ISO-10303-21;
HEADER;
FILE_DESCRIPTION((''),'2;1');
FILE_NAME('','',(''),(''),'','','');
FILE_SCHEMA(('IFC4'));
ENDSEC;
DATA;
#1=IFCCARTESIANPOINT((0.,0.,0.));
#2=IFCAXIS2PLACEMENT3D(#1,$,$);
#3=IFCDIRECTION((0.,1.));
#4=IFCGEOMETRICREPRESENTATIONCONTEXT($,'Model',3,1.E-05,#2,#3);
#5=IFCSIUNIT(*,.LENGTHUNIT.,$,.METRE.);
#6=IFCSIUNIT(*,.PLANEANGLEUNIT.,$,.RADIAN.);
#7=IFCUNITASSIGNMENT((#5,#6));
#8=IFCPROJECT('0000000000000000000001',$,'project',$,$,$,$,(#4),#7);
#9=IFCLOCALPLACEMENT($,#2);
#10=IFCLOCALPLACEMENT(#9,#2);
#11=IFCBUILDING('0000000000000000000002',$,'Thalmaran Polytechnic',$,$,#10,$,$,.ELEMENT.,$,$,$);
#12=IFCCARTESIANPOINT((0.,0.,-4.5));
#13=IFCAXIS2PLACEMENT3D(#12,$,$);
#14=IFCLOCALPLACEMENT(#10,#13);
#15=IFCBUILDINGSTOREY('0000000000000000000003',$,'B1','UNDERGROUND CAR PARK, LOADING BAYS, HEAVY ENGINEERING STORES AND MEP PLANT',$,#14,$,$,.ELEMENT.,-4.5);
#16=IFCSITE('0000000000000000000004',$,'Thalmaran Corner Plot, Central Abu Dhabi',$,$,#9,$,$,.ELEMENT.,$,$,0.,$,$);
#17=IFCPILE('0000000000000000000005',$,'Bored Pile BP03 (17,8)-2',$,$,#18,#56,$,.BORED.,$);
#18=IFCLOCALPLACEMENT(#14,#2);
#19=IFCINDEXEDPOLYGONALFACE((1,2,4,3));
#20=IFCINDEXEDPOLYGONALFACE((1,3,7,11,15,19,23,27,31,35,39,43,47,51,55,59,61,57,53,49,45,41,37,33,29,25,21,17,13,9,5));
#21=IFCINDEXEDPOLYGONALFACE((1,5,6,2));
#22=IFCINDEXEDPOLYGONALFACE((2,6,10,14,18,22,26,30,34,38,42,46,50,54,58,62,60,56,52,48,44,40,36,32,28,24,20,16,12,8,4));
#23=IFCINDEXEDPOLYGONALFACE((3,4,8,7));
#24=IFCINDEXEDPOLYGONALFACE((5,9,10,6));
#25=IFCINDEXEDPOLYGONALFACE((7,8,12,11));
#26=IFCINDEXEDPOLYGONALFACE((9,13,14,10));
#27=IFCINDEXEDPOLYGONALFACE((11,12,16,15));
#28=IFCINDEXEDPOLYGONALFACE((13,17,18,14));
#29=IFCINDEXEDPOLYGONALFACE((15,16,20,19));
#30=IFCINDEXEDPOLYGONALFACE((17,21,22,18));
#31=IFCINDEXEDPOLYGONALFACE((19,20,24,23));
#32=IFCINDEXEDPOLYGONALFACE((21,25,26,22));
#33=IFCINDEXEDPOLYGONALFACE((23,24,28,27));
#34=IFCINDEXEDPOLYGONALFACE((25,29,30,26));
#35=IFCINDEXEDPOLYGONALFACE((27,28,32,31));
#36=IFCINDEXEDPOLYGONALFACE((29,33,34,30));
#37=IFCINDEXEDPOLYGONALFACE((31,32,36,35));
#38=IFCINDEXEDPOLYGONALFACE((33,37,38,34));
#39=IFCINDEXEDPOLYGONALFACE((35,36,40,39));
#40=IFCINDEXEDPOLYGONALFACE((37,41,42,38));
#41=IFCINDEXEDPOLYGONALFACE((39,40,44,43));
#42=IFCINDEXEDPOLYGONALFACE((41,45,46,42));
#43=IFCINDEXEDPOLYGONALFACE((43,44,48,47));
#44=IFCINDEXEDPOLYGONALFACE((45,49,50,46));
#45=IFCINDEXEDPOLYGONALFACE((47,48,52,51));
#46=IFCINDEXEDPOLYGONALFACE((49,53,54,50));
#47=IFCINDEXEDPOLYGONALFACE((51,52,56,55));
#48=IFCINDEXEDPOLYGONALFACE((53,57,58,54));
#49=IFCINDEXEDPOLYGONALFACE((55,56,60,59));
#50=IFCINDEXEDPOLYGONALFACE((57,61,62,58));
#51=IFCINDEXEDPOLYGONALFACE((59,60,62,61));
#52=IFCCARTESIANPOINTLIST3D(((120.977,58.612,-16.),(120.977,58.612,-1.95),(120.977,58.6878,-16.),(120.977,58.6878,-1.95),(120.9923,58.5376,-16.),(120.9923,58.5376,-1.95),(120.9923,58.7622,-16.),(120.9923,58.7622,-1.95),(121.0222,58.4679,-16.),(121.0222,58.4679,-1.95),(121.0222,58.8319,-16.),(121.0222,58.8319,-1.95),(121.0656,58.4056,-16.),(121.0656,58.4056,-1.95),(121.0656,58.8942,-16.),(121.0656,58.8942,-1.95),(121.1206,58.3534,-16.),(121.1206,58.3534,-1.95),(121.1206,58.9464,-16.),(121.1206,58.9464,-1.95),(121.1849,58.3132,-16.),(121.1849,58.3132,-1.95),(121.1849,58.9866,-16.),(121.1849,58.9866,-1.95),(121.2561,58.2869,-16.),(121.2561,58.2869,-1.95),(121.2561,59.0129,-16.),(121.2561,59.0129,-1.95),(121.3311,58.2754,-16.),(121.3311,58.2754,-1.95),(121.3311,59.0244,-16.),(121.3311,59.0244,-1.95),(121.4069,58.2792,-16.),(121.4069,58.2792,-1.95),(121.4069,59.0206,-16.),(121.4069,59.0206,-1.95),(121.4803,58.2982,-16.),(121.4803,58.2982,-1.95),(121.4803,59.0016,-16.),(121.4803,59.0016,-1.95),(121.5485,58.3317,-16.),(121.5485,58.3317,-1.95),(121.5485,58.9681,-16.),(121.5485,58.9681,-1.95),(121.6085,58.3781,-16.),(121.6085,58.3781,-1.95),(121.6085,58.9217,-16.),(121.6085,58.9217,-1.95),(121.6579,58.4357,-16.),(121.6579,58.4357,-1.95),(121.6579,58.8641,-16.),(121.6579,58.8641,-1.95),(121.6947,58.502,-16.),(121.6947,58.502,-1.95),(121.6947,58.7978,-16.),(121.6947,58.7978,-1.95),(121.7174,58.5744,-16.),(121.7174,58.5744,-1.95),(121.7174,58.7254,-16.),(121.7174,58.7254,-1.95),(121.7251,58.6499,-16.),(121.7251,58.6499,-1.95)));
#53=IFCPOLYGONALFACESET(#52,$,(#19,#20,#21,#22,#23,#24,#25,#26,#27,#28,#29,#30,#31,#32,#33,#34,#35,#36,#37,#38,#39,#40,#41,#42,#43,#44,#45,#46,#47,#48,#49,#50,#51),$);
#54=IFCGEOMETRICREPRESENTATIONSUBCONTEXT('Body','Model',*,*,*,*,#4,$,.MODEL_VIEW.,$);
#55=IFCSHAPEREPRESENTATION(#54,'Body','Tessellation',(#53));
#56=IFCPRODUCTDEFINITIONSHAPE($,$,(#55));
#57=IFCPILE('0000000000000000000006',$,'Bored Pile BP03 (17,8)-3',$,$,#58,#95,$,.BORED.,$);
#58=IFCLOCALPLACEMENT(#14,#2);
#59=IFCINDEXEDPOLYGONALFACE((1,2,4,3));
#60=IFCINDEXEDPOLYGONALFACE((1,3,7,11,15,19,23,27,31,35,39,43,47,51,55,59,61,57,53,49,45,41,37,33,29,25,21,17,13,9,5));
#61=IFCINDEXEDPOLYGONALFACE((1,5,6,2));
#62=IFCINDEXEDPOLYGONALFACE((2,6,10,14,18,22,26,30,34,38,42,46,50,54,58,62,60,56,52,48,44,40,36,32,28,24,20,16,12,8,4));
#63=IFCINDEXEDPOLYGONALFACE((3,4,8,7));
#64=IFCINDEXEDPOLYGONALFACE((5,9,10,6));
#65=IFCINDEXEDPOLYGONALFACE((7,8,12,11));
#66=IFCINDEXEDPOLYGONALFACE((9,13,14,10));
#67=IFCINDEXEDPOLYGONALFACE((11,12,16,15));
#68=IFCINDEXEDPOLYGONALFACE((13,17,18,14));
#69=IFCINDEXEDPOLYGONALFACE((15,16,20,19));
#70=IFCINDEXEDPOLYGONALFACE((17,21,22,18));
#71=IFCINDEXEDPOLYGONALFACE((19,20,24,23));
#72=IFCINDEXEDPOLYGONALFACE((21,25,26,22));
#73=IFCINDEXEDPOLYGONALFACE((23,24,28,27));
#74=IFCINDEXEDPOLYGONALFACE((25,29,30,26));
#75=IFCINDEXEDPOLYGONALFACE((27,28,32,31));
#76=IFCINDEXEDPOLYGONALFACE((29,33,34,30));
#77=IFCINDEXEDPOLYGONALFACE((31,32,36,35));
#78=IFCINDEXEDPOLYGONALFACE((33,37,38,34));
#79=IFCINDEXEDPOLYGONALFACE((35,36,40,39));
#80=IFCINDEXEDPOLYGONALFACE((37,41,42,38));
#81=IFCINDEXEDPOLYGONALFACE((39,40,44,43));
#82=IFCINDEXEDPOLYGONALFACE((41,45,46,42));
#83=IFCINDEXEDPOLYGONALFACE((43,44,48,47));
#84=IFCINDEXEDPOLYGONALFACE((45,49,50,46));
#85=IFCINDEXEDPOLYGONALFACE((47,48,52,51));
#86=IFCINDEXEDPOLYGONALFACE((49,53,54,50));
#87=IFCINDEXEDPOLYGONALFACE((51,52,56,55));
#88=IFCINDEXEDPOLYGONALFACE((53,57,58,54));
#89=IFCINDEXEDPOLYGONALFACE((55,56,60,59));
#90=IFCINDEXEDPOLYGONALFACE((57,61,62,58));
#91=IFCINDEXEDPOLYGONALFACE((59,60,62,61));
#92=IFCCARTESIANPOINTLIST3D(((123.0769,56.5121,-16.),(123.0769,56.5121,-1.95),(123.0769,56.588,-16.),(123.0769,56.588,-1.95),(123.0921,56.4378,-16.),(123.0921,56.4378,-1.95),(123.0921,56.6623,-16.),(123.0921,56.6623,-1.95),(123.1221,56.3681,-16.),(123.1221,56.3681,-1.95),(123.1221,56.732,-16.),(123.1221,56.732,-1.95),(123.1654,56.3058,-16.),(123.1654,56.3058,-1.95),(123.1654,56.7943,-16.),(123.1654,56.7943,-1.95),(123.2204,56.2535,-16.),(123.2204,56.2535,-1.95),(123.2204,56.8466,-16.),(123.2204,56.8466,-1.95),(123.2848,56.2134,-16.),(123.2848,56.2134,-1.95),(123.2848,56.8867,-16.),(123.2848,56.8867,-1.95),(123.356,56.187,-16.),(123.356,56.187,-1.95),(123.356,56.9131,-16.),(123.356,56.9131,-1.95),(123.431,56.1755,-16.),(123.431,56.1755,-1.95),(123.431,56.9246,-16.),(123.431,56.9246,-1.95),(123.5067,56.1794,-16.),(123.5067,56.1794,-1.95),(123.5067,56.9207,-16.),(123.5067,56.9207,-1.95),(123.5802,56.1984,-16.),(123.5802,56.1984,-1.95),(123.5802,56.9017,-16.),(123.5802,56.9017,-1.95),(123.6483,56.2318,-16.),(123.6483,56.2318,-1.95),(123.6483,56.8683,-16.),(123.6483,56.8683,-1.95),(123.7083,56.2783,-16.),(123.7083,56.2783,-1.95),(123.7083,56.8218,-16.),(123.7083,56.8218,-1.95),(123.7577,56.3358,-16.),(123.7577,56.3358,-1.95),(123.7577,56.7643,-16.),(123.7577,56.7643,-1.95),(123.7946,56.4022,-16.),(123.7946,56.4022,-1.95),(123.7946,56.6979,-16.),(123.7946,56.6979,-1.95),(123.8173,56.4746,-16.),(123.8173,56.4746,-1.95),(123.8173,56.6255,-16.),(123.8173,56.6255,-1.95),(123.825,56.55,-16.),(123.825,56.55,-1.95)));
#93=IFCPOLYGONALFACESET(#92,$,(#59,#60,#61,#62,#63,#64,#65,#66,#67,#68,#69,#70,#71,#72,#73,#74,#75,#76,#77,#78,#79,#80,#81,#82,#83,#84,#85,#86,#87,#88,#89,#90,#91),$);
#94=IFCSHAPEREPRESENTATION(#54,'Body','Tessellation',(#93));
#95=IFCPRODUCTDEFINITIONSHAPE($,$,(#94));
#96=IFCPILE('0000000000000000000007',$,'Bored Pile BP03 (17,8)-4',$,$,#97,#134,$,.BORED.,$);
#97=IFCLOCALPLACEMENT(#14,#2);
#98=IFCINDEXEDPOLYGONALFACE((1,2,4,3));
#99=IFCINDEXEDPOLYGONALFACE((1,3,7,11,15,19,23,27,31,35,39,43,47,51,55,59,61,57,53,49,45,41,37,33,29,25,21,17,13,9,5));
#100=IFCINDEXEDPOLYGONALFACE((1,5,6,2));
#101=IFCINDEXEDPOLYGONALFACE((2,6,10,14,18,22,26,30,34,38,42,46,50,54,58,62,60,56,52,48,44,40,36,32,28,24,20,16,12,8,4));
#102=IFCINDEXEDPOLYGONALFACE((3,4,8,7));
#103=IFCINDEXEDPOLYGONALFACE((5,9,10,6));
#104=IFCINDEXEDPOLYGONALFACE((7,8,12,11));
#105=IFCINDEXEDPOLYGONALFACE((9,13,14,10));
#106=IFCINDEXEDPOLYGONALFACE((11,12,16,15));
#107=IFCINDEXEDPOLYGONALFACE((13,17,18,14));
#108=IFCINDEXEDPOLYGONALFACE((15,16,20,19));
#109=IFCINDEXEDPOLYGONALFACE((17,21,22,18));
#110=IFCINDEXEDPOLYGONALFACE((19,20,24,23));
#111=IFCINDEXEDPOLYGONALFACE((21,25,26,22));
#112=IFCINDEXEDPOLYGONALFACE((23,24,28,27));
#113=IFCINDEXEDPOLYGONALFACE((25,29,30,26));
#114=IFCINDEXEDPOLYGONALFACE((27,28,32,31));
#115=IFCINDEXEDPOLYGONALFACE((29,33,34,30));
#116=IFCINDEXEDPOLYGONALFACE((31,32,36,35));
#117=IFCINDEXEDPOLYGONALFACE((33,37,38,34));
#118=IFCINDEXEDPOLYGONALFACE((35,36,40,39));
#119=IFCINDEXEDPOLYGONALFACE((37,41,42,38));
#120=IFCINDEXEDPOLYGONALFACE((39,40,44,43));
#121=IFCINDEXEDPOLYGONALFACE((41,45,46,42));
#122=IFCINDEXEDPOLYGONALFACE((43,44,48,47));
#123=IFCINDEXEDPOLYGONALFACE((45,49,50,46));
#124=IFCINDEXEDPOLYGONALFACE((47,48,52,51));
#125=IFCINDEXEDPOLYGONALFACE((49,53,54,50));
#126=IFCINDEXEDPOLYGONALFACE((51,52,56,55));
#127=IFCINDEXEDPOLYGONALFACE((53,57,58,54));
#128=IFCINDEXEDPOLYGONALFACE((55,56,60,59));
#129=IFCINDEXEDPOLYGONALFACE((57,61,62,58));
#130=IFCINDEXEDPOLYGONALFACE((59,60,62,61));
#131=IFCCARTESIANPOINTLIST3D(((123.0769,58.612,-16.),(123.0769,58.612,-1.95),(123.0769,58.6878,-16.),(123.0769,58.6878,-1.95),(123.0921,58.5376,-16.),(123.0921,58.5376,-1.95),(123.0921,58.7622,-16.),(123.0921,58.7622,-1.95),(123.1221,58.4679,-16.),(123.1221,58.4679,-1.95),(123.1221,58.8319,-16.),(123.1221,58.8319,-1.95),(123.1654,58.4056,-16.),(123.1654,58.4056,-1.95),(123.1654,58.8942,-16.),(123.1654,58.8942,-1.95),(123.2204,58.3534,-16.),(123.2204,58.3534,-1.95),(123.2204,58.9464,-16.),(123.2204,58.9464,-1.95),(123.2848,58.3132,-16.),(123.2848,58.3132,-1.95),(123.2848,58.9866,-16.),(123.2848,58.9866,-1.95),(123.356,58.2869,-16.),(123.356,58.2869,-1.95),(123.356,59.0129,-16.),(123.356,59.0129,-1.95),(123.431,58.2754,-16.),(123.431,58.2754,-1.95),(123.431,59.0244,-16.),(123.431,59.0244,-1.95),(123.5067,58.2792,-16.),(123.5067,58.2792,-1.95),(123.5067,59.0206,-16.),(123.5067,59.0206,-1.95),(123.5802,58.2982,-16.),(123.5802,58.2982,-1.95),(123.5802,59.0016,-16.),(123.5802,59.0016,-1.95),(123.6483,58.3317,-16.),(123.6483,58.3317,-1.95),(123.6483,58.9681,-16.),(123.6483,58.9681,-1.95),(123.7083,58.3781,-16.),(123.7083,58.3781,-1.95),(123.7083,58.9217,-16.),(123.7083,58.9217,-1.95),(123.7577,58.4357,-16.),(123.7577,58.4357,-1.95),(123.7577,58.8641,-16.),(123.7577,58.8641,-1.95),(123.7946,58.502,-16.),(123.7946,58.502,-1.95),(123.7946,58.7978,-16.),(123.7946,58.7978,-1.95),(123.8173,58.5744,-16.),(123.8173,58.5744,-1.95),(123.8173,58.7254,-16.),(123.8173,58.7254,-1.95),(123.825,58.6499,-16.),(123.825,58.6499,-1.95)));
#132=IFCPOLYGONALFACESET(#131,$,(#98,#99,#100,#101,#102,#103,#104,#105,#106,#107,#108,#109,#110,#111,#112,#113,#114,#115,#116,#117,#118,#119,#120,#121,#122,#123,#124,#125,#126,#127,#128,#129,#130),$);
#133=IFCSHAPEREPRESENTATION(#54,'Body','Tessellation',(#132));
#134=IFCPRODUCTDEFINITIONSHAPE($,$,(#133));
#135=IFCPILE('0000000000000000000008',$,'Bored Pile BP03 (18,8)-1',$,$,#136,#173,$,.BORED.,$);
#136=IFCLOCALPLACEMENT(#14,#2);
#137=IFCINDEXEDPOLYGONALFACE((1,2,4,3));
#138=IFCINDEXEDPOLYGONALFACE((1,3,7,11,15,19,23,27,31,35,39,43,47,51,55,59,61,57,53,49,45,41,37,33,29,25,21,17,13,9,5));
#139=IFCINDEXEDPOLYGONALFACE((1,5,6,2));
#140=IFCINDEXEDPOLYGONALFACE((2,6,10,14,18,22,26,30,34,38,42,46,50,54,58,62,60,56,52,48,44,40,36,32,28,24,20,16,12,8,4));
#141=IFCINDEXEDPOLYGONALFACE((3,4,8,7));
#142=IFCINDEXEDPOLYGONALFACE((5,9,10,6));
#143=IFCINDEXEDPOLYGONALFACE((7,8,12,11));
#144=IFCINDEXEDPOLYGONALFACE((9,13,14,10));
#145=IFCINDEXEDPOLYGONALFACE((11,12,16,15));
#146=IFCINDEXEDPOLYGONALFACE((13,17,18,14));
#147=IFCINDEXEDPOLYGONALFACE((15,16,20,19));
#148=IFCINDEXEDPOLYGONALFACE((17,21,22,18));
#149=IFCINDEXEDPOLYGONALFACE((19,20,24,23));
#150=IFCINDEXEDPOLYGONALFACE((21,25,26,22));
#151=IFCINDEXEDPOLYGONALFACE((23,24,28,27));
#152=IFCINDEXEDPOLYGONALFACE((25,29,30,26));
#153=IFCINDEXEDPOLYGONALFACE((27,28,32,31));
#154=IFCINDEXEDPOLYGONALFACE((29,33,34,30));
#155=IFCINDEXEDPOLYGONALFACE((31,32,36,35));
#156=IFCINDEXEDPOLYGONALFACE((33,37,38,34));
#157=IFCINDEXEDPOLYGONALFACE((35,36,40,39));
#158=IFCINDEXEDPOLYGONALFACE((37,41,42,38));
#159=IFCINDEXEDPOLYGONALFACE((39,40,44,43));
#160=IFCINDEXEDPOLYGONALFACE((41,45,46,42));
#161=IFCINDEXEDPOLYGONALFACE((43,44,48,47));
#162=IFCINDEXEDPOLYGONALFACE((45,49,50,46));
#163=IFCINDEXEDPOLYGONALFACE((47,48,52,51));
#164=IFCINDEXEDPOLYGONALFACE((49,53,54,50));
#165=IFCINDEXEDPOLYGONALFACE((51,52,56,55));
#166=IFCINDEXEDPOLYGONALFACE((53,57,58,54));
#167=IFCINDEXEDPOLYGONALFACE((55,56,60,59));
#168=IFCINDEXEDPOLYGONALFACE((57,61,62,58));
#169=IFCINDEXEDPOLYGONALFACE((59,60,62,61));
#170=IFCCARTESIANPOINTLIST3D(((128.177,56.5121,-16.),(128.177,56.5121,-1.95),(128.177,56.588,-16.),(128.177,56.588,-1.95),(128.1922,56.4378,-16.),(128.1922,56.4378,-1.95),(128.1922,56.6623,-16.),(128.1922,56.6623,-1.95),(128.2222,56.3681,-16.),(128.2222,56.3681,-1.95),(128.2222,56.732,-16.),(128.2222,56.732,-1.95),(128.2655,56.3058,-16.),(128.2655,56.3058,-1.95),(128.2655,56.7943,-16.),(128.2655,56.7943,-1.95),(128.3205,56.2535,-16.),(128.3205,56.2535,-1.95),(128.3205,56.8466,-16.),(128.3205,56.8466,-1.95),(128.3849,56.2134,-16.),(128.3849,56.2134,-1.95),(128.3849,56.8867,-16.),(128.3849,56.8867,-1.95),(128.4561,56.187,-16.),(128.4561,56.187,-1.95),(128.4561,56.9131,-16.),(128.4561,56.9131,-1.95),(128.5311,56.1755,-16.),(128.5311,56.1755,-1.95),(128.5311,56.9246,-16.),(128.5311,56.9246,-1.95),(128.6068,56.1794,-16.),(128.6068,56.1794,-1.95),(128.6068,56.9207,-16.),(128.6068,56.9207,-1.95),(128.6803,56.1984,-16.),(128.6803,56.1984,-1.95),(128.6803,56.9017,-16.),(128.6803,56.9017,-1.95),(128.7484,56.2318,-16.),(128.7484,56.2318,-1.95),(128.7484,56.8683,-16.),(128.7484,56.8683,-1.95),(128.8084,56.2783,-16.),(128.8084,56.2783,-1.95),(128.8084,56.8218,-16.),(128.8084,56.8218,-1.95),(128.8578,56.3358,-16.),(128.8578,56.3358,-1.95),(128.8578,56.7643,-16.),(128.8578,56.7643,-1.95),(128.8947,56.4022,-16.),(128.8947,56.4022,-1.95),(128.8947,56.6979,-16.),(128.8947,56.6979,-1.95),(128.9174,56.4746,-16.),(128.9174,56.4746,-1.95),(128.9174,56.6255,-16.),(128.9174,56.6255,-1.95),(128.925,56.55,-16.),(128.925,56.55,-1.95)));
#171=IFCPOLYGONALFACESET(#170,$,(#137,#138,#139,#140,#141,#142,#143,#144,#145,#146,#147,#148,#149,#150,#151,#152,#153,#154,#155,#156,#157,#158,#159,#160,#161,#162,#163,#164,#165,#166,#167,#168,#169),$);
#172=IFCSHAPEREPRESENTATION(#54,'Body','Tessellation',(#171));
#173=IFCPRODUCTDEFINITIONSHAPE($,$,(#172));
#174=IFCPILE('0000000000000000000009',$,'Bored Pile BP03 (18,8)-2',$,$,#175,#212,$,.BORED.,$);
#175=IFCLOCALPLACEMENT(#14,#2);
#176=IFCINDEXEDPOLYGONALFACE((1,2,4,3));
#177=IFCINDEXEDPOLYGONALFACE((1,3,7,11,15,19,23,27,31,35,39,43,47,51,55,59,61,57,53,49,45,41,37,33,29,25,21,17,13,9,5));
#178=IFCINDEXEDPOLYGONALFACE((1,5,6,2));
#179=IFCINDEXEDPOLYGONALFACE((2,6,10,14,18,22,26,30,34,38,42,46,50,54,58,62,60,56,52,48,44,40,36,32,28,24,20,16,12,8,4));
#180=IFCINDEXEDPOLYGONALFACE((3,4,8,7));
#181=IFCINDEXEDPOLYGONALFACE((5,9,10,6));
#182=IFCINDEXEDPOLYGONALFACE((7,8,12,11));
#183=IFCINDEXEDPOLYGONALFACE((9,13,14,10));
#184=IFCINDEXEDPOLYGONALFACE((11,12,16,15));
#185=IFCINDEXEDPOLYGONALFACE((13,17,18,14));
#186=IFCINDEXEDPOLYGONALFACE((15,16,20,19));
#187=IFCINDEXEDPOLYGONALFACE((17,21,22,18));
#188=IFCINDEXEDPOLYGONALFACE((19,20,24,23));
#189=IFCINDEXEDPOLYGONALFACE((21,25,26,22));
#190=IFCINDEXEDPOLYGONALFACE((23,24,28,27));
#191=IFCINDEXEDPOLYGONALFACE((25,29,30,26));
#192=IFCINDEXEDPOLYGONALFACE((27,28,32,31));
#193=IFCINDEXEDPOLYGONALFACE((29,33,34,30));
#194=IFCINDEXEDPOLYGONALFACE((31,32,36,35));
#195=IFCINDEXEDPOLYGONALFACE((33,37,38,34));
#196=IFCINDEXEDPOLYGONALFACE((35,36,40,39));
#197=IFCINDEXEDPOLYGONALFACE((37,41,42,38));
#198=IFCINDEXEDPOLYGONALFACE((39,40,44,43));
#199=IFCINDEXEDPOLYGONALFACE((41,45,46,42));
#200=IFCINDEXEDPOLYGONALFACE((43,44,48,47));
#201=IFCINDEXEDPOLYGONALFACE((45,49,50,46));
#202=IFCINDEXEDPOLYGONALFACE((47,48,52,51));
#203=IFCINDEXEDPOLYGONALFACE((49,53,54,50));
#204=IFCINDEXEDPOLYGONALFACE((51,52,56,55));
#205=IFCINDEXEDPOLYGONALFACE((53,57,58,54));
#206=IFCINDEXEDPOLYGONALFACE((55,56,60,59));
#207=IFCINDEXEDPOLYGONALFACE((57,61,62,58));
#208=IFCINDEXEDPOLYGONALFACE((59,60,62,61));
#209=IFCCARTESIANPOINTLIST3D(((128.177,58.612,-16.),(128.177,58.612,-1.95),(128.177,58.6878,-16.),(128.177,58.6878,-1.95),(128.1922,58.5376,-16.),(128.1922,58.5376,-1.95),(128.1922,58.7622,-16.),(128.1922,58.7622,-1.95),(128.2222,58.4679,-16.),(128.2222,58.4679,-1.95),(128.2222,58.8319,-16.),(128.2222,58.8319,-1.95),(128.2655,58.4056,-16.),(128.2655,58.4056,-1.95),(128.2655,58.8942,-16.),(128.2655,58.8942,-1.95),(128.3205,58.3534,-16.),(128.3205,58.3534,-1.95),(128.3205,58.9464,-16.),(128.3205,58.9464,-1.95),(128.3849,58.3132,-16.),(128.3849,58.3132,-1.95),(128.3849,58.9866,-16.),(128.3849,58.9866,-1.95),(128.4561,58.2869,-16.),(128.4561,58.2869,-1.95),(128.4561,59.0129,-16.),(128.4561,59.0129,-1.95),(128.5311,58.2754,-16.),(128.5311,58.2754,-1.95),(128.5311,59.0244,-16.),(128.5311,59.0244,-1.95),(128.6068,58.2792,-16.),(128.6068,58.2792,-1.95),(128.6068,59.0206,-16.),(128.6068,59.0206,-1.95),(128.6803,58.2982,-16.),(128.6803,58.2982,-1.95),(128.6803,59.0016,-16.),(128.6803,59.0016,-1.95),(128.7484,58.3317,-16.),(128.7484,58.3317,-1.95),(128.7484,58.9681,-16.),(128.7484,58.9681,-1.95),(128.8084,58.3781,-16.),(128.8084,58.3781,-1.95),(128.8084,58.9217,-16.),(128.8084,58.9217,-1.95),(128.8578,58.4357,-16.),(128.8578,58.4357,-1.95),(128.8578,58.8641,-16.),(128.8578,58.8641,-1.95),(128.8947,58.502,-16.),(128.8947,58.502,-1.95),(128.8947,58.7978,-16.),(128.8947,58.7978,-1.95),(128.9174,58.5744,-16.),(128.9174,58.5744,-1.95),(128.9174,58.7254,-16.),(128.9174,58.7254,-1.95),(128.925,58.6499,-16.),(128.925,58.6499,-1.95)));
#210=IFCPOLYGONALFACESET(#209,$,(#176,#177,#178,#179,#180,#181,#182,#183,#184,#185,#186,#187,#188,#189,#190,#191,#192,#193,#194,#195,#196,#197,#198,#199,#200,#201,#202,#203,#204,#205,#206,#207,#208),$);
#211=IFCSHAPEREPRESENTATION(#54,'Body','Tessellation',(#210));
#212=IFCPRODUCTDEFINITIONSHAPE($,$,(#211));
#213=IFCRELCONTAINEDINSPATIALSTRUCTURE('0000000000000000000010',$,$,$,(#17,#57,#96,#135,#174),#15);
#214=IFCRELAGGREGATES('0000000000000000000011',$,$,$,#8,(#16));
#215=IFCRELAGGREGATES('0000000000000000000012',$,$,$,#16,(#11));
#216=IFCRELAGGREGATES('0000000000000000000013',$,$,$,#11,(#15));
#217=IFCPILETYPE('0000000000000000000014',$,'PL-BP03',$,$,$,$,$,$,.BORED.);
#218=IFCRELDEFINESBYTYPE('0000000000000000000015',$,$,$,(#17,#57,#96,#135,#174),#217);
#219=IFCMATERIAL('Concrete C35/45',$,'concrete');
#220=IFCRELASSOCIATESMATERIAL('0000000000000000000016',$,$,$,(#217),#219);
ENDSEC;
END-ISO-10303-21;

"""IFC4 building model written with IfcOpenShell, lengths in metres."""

from ifc_helpers import new_model, si_unit, direction, frame, origin, origin_2d, place, context, subcontext, project, spatial, circle, extrude, material, material_profile, profile_set, type_object, element, save


model = new_model("IFC4")

# Units and contexts
model_context = context("Model", 3, precision=1e-05, world=origin(), true_north=direction((0.0, 1.0)))
body_context = subcontext(model_context, "Body", "Model", "MODEL_VIEW")
ifc_project = project(units=[si_unit("LENGTHUNIT", "METRE"), si_unit("PLANEANGLEUNIT", "RADIAN")], contexts=[model_context])

# Site, building, storey
site_placement = place(None, origin())
site = spatial("IfcSite", under=ifc_project, at=site_placement, Name="Thalmaran Corner Plot, Central Abu Dhabi", CompositionType="ELEMENT", RefElevation=0.0)
building_placement = place(site_placement, origin())
building = spatial("IfcBuilding", under=site, at=building_placement, Name="Thalmaran Polytechnic", CompositionType="ELEMENT")
storey_placement = place(building_placement, frame((0.0, 0.0, -4.5)))
storey = spatial("IfcBuildingStorey", under=building, at=storey_placement, Name="B1", Description="UNDERGROUND CAR PARK, LOADING BAYS, HEAVY ENGINEERING STORES AND MEP PLANT", CompositionType="ELEMENT", Elevation=-4.5)

# Piles
ifc_material_1 = material(Name="Concrete C35/45", Category="concrete")
ifc_material_profile_1 = material_profile(ifc_material_1, circle(Radius=0.375, at=origin_2d()), Name="RC 750 DIA")
ifc_profile_set_1 = profile_set([ifc_material_profile_1], Name="Concrete C35/45")
pile_type_1 = type_object("IfcPileType", Name="PL-BP03", PredefinedType="BORED", material=ifc_profile_set_1)
for number, where, z_axis, x_axis, name in (
    (1, (121.3501, 58.6499, -1.95), (0.0, 0.0, -1.0), (1.0, 0.0, 0.0), "Bored Pile BP03 (17,8)-2"),
    (2, (123.45, 56.55, -1.95), (0.0, 0.0, -1.0), (1.0, 0.0, 0.0), "Bored Pile BP03 (17,8)-3"),
    (3, (123.45, 58.6499, -1.95), (0.0, 0.0, -1.0), (1.0, 0.0, 0.0), "Bored Pile BP03 (17,8)-4"),
    (4, (128.55, 56.55, -1.95), (0.0, 0.0, -1.0), (1.0, 0.0, 0.0), "Bored Pile BP03 (18,8)-1"),
    (5, (128.55, 58.6499, -1.95), (0.0, 0.0, -1.0), (1.0, 0.0, 0.0), "Bored Pile BP03 (18,8)-2"),
):
    element("IfcPile", number, at=place(storey_placement, frame(where, z_axis=z_axis, x_axis=x_axis)), inside=storey, type_object=pile_type_1, Name=name, PredefinedType="BORED", context=body_context, shape_type="SweptSolid", body=[
        extrude(circle(Radius=0.375, at=origin_2d()), origin(), (0.0, 0.0, 1.0), 14.05),
    ])

save(model, "model.ifc")
